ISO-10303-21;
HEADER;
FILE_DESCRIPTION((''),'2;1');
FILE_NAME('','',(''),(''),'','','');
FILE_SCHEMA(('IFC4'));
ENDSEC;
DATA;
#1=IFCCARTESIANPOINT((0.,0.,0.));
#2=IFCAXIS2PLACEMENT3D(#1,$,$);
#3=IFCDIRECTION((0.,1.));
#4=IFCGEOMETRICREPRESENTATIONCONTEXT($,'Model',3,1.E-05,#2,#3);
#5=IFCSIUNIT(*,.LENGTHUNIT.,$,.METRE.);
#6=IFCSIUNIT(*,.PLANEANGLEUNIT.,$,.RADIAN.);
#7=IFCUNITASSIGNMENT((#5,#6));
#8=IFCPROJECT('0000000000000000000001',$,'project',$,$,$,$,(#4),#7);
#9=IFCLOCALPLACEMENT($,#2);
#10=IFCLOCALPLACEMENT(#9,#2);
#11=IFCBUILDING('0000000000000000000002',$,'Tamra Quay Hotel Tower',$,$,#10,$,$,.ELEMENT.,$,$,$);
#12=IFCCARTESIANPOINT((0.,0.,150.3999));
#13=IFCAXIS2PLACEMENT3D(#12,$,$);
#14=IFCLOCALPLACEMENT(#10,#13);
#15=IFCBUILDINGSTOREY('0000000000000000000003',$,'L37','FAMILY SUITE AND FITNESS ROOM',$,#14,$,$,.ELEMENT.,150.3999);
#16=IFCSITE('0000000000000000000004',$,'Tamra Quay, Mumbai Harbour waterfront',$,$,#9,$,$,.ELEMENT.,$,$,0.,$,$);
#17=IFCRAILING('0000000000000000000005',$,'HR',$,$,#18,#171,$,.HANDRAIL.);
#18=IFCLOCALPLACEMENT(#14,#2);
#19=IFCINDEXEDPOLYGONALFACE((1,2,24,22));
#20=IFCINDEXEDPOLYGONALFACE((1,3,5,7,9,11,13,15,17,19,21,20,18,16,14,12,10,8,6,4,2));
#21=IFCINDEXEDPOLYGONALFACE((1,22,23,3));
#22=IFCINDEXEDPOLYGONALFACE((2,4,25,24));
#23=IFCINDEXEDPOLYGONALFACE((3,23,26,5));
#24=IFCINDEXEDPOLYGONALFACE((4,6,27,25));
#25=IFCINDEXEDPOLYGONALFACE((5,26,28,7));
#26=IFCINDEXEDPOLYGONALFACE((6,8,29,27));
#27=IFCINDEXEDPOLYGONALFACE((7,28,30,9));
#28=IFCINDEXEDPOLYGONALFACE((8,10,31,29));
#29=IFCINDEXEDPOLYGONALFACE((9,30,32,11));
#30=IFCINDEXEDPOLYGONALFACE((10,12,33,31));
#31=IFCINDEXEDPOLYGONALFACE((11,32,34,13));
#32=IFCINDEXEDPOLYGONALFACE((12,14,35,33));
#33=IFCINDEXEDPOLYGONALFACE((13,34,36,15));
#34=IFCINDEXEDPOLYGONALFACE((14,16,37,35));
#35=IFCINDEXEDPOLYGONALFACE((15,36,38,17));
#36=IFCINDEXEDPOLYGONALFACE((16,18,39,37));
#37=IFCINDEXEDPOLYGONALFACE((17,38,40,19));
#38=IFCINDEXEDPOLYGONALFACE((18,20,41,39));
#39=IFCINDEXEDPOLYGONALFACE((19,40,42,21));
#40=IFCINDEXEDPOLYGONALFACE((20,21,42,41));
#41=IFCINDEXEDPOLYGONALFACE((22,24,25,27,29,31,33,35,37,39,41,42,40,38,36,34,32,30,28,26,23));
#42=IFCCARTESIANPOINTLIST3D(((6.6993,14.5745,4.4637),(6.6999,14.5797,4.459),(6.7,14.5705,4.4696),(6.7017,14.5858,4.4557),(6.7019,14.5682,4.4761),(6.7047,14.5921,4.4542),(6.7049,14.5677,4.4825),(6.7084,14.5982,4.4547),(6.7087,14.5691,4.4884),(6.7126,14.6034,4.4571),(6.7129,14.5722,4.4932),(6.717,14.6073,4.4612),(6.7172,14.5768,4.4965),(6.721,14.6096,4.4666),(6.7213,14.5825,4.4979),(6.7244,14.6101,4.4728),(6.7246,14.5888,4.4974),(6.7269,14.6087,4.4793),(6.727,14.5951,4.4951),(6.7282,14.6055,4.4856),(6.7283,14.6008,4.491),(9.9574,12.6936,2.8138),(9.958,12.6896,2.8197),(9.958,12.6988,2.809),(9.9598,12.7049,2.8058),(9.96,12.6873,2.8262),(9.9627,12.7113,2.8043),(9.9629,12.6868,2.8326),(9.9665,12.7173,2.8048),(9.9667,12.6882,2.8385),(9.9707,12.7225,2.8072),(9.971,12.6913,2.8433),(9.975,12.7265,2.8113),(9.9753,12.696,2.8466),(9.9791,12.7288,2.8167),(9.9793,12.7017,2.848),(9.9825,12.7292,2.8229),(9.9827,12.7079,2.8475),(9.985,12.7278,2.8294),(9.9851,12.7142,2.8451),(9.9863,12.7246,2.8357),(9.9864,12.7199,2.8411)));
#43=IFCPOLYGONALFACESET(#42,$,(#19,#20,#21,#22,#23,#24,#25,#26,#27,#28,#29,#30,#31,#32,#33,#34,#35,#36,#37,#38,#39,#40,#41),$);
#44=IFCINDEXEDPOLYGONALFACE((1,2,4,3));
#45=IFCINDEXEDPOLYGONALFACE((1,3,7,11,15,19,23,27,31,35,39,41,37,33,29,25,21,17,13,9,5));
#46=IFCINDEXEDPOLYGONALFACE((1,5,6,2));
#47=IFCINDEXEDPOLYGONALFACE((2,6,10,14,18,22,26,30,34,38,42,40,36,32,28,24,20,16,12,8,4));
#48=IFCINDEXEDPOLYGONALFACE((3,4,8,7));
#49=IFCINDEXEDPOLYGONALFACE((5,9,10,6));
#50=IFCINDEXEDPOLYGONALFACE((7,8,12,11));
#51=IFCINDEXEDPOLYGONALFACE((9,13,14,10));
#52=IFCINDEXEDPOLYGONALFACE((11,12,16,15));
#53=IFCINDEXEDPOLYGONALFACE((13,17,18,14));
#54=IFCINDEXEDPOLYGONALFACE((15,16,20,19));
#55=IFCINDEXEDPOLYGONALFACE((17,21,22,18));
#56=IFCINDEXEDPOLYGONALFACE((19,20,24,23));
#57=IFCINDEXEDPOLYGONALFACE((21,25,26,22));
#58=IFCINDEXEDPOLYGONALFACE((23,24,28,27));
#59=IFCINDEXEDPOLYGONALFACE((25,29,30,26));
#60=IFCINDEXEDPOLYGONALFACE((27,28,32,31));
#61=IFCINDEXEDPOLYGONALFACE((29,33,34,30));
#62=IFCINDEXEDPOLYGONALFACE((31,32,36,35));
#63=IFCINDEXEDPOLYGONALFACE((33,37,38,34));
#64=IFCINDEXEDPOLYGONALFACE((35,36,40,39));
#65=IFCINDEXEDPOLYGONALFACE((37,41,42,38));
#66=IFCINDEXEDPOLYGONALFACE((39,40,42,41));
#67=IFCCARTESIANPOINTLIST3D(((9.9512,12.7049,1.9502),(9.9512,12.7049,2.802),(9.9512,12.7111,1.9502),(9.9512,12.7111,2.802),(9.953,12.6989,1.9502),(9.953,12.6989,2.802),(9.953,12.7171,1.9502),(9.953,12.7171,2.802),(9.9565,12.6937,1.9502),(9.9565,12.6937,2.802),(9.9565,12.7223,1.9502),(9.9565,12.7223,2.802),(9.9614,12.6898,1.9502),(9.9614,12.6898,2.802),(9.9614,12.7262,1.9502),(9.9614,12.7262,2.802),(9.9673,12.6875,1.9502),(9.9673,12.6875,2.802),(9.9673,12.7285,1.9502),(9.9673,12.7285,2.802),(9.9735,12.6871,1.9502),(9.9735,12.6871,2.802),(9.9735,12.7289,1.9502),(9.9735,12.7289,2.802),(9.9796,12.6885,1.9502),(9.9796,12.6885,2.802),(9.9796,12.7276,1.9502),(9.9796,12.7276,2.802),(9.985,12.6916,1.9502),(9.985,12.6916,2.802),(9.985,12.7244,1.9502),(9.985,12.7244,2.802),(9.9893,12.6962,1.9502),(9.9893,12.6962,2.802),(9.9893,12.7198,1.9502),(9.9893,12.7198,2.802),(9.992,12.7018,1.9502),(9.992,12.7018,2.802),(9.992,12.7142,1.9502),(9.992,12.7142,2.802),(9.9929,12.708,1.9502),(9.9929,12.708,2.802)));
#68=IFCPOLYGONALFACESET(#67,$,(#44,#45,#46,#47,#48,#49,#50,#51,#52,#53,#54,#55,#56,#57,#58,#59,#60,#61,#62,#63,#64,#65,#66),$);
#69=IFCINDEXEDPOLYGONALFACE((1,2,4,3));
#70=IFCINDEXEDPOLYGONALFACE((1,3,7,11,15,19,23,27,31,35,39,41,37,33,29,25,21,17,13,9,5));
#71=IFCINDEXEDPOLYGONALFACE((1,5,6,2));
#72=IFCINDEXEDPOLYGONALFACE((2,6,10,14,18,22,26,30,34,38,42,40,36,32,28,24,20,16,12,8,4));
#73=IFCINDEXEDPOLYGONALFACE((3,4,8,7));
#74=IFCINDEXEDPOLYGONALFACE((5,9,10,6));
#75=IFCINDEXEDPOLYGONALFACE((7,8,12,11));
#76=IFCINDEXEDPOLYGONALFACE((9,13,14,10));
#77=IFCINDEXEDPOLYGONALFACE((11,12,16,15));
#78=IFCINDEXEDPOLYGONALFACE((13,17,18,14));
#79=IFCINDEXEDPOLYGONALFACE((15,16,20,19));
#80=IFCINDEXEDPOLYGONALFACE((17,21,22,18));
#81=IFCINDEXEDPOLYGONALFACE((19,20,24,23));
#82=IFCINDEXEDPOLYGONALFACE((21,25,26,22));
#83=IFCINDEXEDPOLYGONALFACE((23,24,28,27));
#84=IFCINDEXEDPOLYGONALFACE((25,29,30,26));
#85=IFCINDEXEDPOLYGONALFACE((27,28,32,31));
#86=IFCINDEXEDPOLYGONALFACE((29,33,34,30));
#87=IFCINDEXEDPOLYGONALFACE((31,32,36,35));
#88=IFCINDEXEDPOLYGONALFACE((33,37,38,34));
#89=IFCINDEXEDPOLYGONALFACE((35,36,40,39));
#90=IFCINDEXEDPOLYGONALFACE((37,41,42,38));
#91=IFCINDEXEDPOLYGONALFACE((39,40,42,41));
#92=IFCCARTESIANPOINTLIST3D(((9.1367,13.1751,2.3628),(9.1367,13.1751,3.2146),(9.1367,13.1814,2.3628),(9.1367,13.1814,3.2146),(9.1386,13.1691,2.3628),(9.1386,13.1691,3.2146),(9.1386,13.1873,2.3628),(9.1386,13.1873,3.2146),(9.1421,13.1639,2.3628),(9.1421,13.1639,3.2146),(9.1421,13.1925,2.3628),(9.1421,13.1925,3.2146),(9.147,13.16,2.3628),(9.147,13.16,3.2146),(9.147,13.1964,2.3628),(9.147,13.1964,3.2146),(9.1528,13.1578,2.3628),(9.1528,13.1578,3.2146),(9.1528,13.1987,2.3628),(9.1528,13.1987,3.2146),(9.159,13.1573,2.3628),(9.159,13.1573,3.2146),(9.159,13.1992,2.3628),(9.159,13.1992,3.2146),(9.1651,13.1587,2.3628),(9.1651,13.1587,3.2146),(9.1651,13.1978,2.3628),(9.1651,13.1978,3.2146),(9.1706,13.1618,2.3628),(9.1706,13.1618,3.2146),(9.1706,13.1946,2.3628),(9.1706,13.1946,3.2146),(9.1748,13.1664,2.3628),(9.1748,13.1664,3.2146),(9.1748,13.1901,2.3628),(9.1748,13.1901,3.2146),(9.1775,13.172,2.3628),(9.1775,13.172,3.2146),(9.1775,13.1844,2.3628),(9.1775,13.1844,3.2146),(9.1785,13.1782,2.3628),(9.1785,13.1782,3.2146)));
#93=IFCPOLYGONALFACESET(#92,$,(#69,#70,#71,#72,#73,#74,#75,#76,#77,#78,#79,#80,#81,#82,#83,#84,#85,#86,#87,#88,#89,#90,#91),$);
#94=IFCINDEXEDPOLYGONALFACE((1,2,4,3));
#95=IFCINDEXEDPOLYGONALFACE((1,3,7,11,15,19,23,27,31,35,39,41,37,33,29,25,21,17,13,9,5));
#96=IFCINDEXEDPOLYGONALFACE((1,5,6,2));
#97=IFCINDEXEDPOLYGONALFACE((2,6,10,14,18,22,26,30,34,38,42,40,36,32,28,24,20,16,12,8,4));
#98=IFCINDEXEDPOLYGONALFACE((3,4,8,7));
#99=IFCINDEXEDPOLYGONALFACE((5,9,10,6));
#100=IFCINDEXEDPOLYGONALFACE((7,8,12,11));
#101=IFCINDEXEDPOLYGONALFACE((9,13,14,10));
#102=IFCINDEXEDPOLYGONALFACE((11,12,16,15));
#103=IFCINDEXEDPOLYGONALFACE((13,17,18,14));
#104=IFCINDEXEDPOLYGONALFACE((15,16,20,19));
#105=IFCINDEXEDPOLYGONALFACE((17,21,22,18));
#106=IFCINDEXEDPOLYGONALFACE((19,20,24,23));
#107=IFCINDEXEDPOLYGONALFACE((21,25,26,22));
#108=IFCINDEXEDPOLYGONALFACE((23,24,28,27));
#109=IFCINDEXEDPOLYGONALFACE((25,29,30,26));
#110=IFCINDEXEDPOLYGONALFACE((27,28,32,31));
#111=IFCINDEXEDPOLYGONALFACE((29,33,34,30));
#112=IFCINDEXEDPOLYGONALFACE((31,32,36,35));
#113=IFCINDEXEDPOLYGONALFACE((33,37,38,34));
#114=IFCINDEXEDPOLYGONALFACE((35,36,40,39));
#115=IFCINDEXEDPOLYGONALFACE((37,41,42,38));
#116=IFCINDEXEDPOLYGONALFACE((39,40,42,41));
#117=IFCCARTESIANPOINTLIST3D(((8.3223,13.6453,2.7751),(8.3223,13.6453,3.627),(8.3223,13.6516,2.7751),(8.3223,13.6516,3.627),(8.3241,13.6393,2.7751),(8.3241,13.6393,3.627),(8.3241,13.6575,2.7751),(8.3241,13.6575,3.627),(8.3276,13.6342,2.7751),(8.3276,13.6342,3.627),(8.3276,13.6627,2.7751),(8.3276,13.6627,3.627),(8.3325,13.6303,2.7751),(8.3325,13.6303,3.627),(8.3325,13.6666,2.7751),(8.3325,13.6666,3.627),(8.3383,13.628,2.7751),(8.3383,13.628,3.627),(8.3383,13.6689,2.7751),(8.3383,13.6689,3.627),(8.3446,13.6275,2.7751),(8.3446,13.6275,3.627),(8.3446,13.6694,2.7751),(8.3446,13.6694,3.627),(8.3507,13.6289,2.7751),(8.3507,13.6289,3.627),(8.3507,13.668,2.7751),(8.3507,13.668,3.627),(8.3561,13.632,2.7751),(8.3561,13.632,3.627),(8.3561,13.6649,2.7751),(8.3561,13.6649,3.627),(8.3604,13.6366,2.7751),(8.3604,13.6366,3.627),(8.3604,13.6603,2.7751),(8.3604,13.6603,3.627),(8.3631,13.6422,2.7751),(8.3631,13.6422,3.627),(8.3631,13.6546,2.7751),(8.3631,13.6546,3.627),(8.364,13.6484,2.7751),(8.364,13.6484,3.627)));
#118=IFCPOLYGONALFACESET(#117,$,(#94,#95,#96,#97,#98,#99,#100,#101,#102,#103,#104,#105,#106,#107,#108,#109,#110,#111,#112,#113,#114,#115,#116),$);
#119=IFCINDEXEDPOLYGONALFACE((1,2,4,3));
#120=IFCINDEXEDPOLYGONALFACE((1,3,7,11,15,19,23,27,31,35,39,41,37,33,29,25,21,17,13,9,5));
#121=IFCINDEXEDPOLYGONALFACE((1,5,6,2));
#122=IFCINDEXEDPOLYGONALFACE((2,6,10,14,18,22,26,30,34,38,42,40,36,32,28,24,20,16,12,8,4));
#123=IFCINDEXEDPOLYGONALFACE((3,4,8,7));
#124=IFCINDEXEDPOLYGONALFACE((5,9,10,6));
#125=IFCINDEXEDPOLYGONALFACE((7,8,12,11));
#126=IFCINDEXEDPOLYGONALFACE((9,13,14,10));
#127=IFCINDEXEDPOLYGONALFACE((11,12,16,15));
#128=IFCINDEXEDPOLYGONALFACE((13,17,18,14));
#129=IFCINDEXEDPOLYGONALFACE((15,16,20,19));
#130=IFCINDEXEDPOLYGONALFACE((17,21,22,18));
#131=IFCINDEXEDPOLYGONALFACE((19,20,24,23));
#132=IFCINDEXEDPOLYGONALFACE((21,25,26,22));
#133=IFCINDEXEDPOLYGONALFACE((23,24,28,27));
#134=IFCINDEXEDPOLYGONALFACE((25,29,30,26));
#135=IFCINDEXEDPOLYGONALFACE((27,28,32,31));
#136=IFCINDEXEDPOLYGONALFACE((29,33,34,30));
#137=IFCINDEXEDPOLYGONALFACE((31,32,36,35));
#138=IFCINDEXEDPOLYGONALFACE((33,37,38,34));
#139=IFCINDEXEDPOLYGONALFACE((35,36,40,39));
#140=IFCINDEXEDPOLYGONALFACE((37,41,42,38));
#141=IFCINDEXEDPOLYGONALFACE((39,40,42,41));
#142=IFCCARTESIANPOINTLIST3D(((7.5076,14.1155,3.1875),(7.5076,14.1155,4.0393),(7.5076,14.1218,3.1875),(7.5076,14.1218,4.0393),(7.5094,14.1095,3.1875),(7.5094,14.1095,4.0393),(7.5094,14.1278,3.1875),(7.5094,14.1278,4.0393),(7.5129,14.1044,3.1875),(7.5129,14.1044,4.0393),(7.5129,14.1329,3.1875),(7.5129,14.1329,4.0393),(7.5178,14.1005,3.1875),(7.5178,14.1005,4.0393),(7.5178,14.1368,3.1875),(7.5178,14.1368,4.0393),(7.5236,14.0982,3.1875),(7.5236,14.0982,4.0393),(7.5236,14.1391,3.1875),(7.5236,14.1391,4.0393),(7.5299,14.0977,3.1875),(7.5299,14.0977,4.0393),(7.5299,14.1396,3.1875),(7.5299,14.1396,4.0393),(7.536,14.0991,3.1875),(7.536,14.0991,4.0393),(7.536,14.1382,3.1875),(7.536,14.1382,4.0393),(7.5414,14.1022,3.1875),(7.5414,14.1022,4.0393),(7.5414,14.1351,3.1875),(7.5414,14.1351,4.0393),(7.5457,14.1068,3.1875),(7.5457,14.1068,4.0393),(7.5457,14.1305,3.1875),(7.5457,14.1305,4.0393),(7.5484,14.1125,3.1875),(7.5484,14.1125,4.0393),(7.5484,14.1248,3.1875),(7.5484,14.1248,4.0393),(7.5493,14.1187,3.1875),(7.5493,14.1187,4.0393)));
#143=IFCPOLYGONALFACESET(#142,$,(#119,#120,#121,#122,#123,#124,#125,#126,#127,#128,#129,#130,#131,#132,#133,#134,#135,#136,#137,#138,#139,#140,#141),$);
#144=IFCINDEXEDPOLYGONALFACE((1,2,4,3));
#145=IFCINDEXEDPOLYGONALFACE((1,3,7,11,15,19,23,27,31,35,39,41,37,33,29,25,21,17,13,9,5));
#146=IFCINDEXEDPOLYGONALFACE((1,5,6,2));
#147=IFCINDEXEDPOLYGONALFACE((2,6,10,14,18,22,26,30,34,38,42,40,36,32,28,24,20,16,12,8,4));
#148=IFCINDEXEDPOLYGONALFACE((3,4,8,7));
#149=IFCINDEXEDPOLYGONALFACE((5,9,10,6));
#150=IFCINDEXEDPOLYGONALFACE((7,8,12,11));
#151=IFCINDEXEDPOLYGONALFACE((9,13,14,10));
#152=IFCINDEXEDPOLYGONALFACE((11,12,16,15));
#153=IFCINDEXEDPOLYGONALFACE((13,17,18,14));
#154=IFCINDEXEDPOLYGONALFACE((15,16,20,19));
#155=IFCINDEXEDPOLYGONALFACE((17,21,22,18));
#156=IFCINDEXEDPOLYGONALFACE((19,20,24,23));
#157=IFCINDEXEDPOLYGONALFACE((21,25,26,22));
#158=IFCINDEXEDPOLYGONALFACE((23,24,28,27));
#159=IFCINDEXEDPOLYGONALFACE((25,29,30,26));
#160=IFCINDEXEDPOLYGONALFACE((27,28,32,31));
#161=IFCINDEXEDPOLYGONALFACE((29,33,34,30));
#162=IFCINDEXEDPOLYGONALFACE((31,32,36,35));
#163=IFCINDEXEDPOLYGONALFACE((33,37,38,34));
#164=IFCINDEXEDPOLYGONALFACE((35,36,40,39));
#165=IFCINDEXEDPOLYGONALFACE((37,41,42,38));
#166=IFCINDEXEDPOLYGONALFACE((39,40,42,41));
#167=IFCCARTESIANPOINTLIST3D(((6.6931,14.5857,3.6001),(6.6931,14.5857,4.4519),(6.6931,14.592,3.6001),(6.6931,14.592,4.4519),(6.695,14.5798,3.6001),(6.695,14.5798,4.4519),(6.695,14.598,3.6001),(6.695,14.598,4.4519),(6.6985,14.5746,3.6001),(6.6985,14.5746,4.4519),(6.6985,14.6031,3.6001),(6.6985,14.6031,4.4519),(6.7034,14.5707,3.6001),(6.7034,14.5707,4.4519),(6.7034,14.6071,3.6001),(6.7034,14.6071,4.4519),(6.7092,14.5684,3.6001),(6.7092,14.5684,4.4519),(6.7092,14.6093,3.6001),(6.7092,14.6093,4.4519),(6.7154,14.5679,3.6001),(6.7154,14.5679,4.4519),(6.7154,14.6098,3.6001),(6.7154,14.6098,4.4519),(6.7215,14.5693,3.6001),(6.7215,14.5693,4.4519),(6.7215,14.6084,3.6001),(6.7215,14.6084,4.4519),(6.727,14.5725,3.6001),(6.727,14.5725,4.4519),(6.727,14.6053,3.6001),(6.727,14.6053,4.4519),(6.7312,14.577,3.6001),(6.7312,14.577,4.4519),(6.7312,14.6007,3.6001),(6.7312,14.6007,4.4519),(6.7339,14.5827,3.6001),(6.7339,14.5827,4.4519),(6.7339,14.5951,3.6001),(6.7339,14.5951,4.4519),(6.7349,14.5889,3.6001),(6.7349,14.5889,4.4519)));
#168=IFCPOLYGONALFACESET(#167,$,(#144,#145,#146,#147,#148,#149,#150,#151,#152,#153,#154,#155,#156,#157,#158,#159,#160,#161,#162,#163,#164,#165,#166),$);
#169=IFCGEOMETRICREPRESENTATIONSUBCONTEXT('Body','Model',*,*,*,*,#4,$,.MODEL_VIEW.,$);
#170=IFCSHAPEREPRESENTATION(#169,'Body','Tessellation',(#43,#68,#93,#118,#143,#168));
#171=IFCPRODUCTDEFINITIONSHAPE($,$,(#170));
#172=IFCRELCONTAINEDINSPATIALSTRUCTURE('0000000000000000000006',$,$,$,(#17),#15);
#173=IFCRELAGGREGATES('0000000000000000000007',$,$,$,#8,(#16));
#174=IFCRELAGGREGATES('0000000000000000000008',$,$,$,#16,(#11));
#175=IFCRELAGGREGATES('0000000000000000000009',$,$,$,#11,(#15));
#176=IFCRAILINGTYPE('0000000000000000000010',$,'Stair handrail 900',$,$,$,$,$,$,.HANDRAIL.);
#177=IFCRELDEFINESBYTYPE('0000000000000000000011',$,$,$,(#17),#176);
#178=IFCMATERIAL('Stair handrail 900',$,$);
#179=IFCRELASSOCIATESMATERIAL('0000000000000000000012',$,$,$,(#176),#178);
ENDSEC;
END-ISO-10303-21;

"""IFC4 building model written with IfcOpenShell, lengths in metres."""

from ifc_helpers import new_model, si_unit, direction, frame, origin, origin_2d, place, context, subcontext, project, spatial, circle, extrude, material, type_object, element, save


model = new_model("IFC4")

# Units and contexts
model_context = context("Model", 3, precision=1e-05, world=origin(), true_north=direction((0.0, 1.0)))
body_context = subcontext(model_context, "Body", "Model", "MODEL_VIEW")
ifc_project = project(units=[si_unit("LENGTHUNIT", "METRE"), si_unit("PLANEANGLEUNIT", "RADIAN")], contexts=[model_context])

# Site, building, storey
site_placement = place(None, origin())
site = spatial("IfcSite", under=ifc_project, at=site_placement, Name="Tamra Quay, Mumbai Harbour waterfront", CompositionType="ELEMENT", RefElevation=0.0)
building_placement = place(site_placement, origin())
building = spatial("IfcBuilding", under=site, at=building_placement, Name="Tamra Quay Hotel Tower", CompositionType="ELEMENT")
storey_placement = place(building_placement, frame((0.0, 0.0, 150.3999)))
storey = spatial("IfcBuildingStorey", under=building, at=storey_placement, Name="L37", Description="FAMILY SUITE AND FITNESS ROOM", CompositionType="ELEMENT", Elevation=150.3999)

# Railing
ifc_material_1 = material(Name="Stair handrail 900")
railing_type_1 = type_object("IfcRailingType", Name="Stair handrail 900", PredefinedType="HANDRAIL", material=ifc_material_1)
railing_1_placement = place(storey_placement, frame((9.9719, 12.708, 1.9502)))
element("IfcRailing", 1, at=railing_1_placement, inside=storey, type_object=railing_type_1, Name="HR", PredefinedType="HANDRAIL", context=body_context, shape_type="SweptSolid", body=[
    extrude(circle(Radius=0.0239, at=origin_2d()), frame((0.0, 0.0, 0.876), z_axis=(-0.793122, 0.457865, 0.401642), x_axis=(-0.499964, -0.866046, 0.0)), (0.0, 0.0, 1.0), 4.1079),
    extrude(circle(Radius=0.021, at=origin_2d()), origin(), (0.0, 0.0, 1.0), 0.8518),
    extrude(circle(Radius=0.021, at=origin_2d()), frame((-0.8145, 0.4702, 0.4126)), (0.0, 0.0, 1.0), 0.8518),
    extrude(circle(Radius=0.021, at=origin_2d()), frame((-1.6289, 0.9404, 0.825)), (0.0, 0.0, 1.0), 0.8518),
    extrude(circle(Radius=0.021, at=origin_2d()), frame((-2.4436, 1.4106, 1.2373)), (0.0, 0.0, 1.0), 0.8518),
    extrude(circle(Radius=0.021, at=origin_2d()), frame((-3.2581, 1.8809, 1.6499)), (0.0, 0.0, 1.0), 0.8518),
])

save(model, "model.ifc")
